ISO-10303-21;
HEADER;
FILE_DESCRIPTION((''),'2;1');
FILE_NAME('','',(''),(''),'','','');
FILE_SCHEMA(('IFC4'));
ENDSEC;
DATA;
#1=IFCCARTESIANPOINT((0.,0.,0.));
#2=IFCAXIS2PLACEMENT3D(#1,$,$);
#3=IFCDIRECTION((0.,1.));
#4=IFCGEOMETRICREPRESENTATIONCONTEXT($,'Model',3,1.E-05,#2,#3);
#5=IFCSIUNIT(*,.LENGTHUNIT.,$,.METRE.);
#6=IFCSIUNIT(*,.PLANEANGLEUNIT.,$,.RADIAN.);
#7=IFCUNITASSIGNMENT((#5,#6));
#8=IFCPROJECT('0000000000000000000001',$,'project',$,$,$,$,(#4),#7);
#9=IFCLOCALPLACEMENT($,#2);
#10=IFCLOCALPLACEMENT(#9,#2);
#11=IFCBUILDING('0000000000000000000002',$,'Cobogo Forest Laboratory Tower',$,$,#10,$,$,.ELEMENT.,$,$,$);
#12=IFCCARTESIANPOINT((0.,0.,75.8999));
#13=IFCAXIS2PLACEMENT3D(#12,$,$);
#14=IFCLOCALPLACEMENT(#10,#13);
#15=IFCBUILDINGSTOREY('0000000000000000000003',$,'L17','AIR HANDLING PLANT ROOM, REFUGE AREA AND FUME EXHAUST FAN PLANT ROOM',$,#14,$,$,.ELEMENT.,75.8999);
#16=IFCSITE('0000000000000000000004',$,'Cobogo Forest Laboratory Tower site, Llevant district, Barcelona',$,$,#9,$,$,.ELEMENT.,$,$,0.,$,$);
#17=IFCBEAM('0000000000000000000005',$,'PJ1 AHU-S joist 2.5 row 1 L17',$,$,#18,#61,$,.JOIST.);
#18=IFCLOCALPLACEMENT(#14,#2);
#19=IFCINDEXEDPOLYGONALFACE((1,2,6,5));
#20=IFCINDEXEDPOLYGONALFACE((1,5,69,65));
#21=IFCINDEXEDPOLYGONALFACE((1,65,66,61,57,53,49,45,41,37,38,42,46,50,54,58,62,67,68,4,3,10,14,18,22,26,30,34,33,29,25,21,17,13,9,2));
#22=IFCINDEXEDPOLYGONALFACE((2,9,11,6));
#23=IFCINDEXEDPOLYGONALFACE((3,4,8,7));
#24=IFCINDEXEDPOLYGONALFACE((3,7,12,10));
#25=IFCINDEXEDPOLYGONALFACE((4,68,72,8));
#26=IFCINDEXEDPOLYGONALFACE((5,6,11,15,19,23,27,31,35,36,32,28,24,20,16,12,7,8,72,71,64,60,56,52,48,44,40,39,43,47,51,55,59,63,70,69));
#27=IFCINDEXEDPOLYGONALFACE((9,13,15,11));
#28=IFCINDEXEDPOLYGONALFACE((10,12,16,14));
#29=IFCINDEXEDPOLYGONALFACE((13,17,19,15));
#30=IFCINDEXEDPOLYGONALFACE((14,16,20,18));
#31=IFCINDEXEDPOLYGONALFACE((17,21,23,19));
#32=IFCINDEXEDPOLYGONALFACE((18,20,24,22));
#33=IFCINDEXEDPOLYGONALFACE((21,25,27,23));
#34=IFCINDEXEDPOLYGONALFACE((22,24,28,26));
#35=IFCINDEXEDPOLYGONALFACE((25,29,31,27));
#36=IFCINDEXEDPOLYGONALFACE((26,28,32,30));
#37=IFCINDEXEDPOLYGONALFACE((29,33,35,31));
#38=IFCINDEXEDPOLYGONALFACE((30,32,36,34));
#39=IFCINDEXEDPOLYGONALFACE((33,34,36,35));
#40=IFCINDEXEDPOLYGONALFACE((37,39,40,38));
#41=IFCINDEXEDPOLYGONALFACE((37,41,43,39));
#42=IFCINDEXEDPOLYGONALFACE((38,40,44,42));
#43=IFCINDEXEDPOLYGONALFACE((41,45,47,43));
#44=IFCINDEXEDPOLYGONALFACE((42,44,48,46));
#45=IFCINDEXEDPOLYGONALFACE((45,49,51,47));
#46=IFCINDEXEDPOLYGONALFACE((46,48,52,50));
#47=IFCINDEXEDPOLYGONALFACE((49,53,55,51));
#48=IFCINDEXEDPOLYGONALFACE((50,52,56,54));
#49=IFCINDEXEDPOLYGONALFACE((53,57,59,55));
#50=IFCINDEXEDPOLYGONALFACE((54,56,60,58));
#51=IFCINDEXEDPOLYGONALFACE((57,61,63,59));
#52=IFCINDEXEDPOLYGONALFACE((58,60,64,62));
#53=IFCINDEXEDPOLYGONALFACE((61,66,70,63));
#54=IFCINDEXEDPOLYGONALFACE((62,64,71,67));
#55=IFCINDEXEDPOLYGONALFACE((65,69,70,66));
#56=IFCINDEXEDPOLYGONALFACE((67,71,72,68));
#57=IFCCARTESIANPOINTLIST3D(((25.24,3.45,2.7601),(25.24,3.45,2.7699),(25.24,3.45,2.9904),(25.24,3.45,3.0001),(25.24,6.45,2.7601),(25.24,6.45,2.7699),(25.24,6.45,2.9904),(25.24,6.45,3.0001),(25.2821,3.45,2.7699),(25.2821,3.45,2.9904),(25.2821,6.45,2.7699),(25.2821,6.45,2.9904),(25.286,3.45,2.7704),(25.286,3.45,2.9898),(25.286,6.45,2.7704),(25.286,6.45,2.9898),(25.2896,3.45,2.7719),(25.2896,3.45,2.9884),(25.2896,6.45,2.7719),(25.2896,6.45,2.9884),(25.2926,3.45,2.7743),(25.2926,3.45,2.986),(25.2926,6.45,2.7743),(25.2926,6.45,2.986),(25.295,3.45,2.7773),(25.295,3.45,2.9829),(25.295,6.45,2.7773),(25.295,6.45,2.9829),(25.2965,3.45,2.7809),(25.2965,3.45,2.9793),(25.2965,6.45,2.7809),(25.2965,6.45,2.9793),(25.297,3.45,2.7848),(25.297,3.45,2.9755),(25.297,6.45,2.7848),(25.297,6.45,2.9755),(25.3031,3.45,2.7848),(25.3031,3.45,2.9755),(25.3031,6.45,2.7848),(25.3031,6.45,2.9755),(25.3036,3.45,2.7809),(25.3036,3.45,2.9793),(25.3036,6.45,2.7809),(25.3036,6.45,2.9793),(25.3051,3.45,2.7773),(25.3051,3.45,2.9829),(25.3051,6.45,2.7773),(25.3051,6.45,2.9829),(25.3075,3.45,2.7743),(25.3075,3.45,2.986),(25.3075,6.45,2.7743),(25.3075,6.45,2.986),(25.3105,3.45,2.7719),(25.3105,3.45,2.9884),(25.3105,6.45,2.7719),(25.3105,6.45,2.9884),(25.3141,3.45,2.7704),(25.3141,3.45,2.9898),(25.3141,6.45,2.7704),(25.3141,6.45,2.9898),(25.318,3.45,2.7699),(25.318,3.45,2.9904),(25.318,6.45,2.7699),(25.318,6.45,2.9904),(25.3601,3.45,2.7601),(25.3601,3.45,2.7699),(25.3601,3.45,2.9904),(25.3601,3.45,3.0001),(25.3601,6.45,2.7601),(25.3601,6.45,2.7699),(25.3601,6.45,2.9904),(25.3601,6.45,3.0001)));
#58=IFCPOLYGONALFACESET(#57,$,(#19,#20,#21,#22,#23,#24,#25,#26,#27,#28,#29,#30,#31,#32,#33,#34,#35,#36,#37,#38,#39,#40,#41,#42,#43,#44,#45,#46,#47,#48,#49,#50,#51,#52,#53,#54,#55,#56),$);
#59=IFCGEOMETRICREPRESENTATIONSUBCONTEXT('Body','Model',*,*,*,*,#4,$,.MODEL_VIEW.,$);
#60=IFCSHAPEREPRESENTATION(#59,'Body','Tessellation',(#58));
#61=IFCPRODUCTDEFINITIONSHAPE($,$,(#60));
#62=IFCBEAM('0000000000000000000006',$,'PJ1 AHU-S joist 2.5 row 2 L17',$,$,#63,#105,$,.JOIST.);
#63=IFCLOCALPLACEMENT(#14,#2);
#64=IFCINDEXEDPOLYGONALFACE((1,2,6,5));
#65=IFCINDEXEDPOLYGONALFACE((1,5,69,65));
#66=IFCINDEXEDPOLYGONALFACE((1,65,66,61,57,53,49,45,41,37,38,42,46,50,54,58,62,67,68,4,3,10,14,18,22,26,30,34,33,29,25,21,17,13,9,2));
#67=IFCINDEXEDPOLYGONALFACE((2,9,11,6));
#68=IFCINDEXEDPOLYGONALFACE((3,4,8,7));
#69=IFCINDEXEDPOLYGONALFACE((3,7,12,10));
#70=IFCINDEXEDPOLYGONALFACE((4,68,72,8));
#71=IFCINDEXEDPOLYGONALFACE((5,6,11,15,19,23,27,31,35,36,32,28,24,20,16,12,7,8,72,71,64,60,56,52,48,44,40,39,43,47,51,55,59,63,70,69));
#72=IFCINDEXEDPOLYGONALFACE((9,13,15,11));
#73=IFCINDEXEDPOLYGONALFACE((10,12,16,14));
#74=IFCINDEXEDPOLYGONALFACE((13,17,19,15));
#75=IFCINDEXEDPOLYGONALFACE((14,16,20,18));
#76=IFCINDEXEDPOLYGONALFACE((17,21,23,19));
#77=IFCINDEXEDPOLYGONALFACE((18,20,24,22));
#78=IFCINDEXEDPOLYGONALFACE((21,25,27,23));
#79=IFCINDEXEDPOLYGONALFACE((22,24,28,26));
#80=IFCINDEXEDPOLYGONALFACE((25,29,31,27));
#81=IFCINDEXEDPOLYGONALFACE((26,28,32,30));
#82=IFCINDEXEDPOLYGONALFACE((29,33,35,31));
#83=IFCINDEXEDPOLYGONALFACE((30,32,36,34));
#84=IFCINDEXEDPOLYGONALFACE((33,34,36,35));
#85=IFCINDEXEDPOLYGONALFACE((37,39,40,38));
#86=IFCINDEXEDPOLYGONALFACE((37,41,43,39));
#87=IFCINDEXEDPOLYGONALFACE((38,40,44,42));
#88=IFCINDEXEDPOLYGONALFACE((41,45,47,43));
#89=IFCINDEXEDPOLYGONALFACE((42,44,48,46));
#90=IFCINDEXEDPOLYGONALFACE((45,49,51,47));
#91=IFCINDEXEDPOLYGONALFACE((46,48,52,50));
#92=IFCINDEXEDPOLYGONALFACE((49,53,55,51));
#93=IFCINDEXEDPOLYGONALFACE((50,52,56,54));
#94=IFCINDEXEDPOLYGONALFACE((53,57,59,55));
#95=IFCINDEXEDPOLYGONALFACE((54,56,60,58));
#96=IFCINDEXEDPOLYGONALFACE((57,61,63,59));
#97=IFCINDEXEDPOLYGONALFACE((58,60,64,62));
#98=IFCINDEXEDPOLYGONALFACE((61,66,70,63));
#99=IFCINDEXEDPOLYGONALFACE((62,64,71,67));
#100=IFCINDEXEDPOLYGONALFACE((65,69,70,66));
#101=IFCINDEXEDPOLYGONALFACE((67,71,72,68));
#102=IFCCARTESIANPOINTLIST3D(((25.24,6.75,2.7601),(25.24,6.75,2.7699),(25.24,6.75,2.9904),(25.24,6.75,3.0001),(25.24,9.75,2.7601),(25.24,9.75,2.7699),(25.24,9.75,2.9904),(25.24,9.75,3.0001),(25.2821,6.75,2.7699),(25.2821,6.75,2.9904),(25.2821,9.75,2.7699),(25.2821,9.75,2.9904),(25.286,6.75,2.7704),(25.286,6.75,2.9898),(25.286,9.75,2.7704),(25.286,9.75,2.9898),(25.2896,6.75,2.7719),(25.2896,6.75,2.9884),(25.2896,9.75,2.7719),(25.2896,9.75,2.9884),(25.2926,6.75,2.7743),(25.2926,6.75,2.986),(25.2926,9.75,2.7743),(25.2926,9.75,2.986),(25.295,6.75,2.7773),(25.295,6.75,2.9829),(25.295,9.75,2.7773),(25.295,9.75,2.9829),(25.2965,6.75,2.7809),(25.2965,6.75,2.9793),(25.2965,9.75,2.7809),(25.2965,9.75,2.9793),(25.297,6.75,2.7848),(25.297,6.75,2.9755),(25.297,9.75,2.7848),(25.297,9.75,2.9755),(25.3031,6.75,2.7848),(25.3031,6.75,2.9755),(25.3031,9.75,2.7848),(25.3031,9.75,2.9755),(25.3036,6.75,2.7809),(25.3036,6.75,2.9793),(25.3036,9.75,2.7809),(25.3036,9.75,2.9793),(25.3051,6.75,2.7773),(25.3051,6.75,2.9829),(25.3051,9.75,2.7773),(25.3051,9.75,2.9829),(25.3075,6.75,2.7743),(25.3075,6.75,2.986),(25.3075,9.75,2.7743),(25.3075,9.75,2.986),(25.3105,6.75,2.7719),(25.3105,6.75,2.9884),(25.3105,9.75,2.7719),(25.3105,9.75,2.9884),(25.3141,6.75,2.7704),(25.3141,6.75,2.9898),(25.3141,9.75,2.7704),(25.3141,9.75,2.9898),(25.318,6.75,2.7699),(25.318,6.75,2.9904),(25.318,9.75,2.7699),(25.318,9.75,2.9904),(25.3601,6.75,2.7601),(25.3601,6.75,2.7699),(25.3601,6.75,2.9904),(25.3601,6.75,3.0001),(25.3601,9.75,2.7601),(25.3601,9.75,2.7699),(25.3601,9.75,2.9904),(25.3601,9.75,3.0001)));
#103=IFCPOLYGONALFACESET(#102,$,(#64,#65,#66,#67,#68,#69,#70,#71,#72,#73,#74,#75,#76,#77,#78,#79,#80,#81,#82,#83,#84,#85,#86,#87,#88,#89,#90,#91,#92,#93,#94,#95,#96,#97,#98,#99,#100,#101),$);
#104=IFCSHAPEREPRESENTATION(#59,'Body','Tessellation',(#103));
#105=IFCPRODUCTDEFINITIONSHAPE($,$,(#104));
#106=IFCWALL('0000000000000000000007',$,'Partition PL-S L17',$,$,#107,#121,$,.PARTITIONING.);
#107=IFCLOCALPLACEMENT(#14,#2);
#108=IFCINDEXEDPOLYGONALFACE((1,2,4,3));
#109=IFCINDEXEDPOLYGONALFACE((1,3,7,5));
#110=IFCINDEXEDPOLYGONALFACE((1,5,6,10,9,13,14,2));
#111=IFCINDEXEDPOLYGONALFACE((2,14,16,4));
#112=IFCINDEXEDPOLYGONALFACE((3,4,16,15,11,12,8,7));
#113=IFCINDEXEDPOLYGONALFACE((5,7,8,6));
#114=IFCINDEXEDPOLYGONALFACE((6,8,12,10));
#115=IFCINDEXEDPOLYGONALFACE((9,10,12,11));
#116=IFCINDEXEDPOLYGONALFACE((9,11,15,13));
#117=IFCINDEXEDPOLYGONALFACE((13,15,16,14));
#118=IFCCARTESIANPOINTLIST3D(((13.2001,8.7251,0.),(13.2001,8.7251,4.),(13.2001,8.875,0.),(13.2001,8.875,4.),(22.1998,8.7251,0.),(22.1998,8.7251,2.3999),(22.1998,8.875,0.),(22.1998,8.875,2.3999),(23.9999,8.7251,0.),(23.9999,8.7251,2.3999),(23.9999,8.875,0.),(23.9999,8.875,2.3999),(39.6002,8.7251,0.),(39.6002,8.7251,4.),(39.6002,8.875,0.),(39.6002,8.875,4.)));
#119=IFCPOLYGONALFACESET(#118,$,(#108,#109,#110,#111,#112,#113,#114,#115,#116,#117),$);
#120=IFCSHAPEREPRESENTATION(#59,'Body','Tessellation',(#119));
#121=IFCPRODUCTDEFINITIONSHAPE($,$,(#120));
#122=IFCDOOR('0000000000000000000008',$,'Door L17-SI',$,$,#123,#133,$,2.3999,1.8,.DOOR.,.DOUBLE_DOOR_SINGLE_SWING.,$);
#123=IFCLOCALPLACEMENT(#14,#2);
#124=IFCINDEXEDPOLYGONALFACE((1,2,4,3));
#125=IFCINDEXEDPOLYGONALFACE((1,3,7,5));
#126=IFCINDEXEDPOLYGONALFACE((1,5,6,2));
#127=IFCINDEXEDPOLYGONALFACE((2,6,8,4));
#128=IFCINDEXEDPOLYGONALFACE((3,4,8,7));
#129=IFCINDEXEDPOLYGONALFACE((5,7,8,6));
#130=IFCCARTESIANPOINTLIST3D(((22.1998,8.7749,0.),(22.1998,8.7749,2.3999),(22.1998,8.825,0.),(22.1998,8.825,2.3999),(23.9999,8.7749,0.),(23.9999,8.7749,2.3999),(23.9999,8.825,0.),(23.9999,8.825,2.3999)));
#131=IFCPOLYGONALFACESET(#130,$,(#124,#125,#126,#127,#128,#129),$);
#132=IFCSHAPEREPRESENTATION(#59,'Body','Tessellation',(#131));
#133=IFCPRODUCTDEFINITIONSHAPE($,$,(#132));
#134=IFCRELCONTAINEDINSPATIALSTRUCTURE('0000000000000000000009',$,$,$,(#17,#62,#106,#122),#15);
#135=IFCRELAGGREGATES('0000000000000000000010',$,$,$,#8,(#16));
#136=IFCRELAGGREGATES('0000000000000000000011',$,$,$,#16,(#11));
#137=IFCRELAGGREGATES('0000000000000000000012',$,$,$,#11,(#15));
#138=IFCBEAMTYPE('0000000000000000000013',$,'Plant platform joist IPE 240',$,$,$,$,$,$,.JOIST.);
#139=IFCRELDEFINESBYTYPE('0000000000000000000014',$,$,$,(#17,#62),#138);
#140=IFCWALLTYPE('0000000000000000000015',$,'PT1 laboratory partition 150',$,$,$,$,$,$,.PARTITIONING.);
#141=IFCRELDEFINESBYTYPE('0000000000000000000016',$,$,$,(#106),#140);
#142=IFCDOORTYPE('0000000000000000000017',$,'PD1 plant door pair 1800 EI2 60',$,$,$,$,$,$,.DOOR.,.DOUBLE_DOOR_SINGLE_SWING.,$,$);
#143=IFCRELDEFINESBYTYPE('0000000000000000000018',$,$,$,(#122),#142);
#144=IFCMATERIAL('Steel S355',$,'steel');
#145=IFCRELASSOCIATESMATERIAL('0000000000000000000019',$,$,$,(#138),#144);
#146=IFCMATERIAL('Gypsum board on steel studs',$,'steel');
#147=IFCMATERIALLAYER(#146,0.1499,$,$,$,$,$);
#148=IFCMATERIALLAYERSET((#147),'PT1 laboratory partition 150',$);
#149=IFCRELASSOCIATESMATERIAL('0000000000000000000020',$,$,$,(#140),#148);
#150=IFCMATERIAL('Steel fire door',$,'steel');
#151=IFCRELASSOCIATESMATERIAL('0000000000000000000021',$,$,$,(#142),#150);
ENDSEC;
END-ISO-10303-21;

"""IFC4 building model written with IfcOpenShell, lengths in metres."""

from ifc_helpers import new_model, si_unit, direction, frame, frame_2d, origin, origin_2d, place, context, subcontext, project, spatial, rectangle, i_section, extrude, material, layer, layer_set, material_profile, profile_set, type_object, element, fill, save


model = new_model("IFC4")

# Units and contexts
model_context = context("Model", 3, precision=1e-05, world=origin(), true_north=direction((0.0, 1.0)))
body_context = subcontext(model_context, "Body", "Model", "MODEL_VIEW")
ifc_project = project(units=[si_unit("LENGTHUNIT", "METRE"), si_unit("PLANEANGLEUNIT", "RADIAN")], contexts=[model_context])

# Site, building, storey
site_placement = place(None, origin())
site = spatial("IfcSite", under=ifc_project, at=site_placement, Name="Cobogo Forest Laboratory Tower site, Llevant district, Barcelona", CompositionType="ELEMENT", RefElevation=0.0)
building_placement = place(site_placement, origin())
building = spatial("IfcBuilding", under=site, at=building_placement, Name="Cobogo Forest Laboratory Tower", CompositionType="ELEMENT")
storey_placement = place(building_placement, frame((0.0, 0.0, 75.8999)))
storey = spatial("IfcBuildingStorey", under=building, at=storey_placement, Name="L17", Description="AIR HANDLING PLANT ROOM, REFUGE AREA AND FUME EXHAUST FAN PLANT ROOM", CompositionType="ELEMENT", Elevation=75.8999)

# Beams
ifc_material_1 = material(Name="Steel S355", Category="steel")
ifc_material_profile_1 = material_profile(ifc_material_1, i_section(OverallWidth=0.1201, OverallDepth=0.24, WebThickness=0.0061, FlangeThickness=0.0098, FilletRadius=0.0149, at=origin_2d()), Name="IPE 240")
ifc_profile_set_1 = profile_set([ifc_material_profile_1], Name="Steel S355")
beam_type_1 = type_object("IfcBeamType", Name="Plant platform joist IPE 240", PredefinedType="JOIST", material=ifc_profile_set_1)
for number, where, z_axis, x_axis, name in (
    (1, (25.3, 3.45, 2.8801), (0.0, 1.0, 0.0), (-1.0, 0.0, 0.0), "PJ1 AHU-S joist 2.5 row 1 L17"),
    (2, (25.3, 6.75, 2.8801), (0.0, 1.0, 0.0), (-1.0, 0.0, 0.0), "PJ1 AHU-S joist 2.5 row 2 L17"),
):
    element("IfcBeam", number, at=place(storey_placement, frame(where, z_axis=z_axis, x_axis=x_axis)), inside=storey, type_object=beam_type_1, Name=name, PredefinedType="JOIST", context=body_context, shape_type="SweptSolid", body=[
        extrude(i_section(OverallWidth=0.1201, OverallDepth=0.24, WebThickness=0.0061, FlangeThickness=0.0098, FilletRadius=0.0149, at=origin_2d()), origin(), (0.0, 0.0, 1.0), 3.0),
    ])

# Wall, opening, door
ifc_material_2 = material(Name="Gypsum board on steel studs", Category="steel")
ifc_layer = layer(ifc_material_2, 0.1499)
ifc_layer_set = layer_set([ifc_layer], Name="PT1 laboratory partition 150")
wall_type = type_object("IfcWallType", Name="PT1 laboratory partition 150", PredefinedType="PARTITIONING", material=ifc_layer_set)
wall_placement = place(storey_placement, frame((13.2, 8.8, 0.0), z_axis=(0.0, 0.0, 1.0), x_axis=(1.0, 0.0, 0.0)))
wall = element("IfcWall", 3, at=wall_placement, inside=storey, type_object=wall_type, Name="Partition PL-S L17", PredefinedType="PARTITIONING", context=body_context, shape_type="SweptSolid", body=[
    extrude(rectangle(XDim=26.4001, YDim=0.1499, at=frame_2d((13.2002, 0.0))), origin(), (0.0, 0.0, 1.0), 4.0),
])
opening_placement = place(wall_placement, frame((9.0, 0.0, 0.0)))
opening = element("IfcOpeningElement", 4, at=opening_placement, cuts=wall, PredefinedType="OPENING", context=body_context, shape_type="SweptSolid", body=[
    extrude(rectangle(XDim=1.8, YDim=2.3999, at=frame_2d((0.8999, 1.2))), frame((0.0, 0.085, 0.0), z_axis=(0.0, -1.0, 0.0), x_axis=(1.0, 0.0, 0.0)), (0.0, 0.0, 1.0), 0.1699),
])
ifc_material_3 = material(Name="Steel fire door", Category="steel")
door_type = type_object("IfcDoorType", Name="PD1 plant door pair 1800 EI2 60", OperationType="DOUBLE_DOOR_SINGLE_SWING", PredefinedType="DOOR", material=ifc_material_3)
door_placement = place(opening_placement, origin())
door = element("IfcDoor", 5, at=door_placement, inside=storey, type_object=door_type, Name="Door L17-SI", OperationType="DOUBLE_DOOR_SINGLE_SWING", OverallHeight=2.3999, OverallWidth=1.8, PredefinedType="DOOR", context=body_context, shape_type="SweptSolid", body=[
    extrude(rectangle(XDim=1.8, YDim=2.3999, at=frame_2d((0.8999, 1.2))), frame((0.0, 0.0249, 0.0), z_axis=(0.0, -1.0, 0.0), x_axis=(1.0, 0.0, 0.0)), (0.0, 0.0, 1.0), 0.05),
])
fill(opening, door)

save(model, "model.ifc")
